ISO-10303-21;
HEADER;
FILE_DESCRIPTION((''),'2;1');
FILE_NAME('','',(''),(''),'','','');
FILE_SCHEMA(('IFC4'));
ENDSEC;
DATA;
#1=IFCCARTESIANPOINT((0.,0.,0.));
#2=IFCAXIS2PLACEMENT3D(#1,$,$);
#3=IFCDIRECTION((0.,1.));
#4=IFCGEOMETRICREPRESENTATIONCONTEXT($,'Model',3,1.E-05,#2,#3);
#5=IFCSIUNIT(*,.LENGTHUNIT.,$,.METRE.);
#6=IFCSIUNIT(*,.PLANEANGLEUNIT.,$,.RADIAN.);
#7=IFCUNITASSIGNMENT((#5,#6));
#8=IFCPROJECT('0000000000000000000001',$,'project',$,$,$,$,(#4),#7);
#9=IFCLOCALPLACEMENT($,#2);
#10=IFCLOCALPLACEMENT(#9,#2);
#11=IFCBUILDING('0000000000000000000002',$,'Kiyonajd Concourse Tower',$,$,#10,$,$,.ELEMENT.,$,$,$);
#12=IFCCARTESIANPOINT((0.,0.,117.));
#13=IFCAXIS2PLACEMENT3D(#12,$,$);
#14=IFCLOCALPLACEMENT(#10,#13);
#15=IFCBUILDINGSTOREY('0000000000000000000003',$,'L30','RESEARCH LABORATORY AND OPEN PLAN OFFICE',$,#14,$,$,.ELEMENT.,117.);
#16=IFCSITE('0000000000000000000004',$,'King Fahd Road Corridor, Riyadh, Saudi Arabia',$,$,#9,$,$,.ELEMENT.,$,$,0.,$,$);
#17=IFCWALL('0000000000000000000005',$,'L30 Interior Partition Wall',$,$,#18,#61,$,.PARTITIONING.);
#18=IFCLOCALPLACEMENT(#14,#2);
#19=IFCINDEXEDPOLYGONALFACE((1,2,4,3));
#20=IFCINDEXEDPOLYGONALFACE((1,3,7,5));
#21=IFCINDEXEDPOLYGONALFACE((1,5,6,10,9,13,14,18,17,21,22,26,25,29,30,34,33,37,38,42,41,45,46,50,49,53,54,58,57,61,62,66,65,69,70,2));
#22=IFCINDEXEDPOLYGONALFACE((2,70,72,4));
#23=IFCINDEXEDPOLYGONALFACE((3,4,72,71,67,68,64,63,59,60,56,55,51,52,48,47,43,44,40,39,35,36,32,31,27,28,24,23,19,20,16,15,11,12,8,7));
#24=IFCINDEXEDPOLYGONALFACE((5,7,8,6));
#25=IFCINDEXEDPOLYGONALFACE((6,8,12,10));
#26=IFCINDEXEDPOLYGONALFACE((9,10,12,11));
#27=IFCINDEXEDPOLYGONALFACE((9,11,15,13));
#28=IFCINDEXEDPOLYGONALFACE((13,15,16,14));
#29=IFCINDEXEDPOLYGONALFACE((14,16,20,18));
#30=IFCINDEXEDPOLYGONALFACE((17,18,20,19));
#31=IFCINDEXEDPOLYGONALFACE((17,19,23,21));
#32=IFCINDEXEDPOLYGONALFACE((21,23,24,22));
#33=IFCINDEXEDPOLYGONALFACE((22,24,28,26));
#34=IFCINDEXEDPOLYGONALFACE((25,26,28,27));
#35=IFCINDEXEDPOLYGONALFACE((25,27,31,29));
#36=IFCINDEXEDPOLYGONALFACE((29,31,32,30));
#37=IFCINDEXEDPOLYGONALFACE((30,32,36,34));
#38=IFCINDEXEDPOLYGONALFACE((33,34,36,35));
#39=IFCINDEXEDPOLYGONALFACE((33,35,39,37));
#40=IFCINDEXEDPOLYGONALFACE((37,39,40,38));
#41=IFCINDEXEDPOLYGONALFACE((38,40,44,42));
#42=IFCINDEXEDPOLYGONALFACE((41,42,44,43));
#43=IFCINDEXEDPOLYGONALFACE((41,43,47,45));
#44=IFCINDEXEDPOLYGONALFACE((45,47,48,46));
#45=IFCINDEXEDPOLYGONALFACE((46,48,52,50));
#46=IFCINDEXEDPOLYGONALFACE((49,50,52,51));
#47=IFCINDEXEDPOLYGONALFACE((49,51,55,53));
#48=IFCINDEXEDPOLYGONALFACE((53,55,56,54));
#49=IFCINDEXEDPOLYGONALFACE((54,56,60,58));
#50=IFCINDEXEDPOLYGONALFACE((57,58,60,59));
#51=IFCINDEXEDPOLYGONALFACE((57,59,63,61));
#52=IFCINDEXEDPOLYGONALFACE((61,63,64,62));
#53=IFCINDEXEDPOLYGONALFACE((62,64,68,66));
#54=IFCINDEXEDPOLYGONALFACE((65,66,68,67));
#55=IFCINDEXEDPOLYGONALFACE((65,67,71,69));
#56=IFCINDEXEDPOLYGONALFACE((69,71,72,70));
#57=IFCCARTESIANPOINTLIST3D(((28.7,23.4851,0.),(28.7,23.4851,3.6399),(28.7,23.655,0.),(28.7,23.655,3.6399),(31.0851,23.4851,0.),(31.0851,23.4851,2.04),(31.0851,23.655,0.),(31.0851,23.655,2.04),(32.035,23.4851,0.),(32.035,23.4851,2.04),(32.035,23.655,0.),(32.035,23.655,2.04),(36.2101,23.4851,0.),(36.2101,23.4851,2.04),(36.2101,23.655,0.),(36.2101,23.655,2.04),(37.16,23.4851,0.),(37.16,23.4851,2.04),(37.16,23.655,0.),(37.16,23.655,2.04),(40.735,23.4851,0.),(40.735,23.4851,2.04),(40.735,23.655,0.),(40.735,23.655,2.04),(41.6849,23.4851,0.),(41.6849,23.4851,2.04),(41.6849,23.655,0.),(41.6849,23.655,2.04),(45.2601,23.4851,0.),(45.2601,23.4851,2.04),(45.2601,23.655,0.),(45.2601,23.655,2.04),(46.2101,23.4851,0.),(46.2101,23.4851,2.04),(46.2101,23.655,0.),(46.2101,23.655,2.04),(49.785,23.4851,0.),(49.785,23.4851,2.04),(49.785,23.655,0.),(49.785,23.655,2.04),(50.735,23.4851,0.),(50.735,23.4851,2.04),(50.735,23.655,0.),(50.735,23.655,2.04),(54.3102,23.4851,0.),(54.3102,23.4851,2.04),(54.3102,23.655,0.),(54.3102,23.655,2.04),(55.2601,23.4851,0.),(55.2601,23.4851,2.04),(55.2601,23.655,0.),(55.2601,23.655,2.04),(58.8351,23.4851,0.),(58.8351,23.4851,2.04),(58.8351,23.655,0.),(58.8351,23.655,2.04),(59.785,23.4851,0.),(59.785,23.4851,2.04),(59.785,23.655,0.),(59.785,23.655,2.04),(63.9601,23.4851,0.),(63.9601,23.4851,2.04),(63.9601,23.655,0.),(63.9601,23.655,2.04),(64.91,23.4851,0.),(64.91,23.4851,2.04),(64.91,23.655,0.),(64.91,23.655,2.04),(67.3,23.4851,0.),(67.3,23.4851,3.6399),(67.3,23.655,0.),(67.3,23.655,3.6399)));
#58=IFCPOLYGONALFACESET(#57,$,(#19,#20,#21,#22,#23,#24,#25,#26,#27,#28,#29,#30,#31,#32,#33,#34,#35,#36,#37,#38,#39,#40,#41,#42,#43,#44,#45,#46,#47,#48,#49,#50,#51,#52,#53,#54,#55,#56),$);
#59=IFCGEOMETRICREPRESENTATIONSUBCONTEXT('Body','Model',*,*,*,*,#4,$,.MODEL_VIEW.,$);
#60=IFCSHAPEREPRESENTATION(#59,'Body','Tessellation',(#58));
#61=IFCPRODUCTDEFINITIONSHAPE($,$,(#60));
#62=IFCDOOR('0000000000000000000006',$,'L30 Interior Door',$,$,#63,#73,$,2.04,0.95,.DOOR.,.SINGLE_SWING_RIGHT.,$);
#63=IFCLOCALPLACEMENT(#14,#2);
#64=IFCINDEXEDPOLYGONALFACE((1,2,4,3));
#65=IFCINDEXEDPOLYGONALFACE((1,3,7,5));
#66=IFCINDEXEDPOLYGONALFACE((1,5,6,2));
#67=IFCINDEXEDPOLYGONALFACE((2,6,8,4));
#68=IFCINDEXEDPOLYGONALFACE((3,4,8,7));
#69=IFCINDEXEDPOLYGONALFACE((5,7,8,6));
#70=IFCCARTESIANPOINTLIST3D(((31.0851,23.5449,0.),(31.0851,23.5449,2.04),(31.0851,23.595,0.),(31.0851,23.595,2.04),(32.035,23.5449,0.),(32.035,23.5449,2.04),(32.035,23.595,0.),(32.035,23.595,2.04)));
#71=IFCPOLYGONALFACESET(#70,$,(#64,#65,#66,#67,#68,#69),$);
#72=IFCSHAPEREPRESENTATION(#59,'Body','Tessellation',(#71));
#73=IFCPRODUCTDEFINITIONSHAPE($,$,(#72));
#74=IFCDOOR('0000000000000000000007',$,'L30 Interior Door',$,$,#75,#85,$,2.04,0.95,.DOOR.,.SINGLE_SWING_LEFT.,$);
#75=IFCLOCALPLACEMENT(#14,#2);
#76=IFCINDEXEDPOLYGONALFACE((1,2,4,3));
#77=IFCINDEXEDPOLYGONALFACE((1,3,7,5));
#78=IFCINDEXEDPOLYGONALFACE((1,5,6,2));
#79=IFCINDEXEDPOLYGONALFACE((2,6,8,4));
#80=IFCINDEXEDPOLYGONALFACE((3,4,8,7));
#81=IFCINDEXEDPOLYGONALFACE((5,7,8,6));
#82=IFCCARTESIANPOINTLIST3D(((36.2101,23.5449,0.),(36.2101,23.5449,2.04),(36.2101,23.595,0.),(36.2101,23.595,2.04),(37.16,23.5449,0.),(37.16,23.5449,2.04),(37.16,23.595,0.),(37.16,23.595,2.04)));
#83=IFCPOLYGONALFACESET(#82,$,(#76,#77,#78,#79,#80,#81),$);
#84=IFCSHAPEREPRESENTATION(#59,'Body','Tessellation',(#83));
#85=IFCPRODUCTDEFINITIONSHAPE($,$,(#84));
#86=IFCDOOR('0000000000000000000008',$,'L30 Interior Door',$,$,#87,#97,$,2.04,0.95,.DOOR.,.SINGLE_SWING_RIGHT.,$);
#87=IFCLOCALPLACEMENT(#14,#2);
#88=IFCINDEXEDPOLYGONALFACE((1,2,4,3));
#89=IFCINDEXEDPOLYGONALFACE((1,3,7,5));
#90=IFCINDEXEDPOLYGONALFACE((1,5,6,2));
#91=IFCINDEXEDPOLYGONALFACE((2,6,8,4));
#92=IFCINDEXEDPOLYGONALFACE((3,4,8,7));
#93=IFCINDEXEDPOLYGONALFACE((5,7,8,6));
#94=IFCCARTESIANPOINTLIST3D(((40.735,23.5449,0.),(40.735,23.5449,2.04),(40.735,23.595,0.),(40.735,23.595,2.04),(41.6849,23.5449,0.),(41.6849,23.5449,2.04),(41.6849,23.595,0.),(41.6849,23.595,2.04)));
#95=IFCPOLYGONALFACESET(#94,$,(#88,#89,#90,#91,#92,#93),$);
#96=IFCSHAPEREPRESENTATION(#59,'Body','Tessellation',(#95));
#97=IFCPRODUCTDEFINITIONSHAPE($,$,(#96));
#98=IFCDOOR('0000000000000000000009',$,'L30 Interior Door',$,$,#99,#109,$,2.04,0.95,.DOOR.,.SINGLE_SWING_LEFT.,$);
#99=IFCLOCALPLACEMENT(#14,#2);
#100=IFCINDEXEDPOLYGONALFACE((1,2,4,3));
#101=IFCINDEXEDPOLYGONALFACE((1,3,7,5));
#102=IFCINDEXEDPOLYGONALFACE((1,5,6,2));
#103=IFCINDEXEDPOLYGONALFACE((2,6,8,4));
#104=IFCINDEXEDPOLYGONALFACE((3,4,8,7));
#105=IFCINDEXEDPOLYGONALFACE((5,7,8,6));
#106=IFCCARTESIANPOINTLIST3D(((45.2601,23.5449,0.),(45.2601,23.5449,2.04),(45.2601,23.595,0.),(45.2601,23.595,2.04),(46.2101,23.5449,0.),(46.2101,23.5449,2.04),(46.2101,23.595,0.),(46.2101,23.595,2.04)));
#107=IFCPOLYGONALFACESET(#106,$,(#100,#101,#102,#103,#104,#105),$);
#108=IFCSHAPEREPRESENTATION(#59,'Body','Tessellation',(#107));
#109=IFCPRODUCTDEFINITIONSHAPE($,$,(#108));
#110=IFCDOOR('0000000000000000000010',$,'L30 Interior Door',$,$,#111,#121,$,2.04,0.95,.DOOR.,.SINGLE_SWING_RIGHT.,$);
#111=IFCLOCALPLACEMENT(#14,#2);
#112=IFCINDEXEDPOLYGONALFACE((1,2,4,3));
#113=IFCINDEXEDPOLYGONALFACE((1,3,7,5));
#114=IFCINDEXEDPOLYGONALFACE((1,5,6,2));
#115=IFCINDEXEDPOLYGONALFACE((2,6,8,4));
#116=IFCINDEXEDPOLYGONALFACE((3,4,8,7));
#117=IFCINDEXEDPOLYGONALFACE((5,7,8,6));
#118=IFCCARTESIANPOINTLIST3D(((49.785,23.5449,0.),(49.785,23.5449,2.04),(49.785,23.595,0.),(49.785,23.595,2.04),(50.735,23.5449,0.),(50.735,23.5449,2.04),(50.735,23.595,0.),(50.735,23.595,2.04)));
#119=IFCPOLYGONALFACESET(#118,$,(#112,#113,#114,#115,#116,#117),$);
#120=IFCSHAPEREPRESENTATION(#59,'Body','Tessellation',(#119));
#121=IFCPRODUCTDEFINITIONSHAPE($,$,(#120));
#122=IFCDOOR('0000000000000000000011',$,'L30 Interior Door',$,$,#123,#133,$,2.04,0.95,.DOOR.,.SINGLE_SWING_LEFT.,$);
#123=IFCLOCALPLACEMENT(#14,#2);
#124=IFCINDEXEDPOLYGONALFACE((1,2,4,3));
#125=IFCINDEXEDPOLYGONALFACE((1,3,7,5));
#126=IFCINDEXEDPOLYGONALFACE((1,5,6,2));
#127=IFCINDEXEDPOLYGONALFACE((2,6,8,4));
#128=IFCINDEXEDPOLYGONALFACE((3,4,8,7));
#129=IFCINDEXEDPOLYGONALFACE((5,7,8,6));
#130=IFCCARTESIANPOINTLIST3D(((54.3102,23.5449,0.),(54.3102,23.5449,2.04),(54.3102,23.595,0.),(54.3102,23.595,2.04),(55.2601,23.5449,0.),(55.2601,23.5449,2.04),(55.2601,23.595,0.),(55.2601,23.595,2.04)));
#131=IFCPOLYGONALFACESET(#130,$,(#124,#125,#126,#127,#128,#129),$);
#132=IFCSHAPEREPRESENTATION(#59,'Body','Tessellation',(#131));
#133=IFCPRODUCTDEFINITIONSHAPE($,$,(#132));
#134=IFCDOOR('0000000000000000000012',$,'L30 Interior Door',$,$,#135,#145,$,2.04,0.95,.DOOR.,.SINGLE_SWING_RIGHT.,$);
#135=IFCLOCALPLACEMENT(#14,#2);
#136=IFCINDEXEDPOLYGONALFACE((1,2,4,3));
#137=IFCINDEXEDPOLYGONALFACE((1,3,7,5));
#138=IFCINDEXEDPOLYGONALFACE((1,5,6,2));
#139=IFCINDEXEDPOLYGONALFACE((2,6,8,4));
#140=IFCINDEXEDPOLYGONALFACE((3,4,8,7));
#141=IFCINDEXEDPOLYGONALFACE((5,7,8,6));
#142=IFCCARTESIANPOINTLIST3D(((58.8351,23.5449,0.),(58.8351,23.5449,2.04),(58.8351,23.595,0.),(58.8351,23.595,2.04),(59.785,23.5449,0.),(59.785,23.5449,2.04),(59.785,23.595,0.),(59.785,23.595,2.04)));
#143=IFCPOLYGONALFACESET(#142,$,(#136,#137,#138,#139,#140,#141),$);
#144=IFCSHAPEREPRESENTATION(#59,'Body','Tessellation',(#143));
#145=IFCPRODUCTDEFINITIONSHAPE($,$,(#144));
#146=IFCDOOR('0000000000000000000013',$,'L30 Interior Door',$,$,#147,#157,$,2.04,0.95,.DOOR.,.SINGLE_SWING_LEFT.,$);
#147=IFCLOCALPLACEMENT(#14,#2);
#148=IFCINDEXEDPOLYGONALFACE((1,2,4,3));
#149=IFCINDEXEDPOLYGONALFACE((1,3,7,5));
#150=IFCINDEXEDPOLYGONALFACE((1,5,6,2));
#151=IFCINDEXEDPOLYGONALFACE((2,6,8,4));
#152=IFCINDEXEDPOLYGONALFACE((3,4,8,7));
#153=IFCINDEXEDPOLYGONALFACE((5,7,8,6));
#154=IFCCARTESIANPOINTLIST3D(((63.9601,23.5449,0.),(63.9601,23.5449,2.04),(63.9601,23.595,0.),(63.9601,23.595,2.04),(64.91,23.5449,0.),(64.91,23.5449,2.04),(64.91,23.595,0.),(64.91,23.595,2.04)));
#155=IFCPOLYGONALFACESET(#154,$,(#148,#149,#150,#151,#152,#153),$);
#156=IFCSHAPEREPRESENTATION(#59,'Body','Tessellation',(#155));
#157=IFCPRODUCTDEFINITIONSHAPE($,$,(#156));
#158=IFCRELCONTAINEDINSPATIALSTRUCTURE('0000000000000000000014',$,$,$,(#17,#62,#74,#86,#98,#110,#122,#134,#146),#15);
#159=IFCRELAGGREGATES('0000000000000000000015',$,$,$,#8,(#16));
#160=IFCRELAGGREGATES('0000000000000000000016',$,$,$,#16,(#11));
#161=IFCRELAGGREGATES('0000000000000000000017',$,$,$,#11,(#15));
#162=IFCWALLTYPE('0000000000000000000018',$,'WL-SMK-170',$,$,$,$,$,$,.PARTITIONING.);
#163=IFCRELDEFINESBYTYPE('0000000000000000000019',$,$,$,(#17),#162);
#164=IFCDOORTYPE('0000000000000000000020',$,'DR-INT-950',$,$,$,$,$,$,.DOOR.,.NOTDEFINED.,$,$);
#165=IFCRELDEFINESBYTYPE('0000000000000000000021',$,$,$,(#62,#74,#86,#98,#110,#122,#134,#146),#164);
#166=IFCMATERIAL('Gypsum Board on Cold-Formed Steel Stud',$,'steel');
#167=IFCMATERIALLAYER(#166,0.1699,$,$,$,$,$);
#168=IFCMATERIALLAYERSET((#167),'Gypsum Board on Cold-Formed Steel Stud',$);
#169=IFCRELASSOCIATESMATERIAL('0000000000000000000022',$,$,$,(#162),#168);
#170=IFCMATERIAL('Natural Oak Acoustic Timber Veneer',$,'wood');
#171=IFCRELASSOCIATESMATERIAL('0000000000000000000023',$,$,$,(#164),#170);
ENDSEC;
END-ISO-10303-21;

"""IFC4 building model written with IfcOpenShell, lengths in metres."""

from ifc_helpers import new_model, si_unit, direction, frame, frame_2d, origin, place, context, subcontext, project, spatial, rectangle, extrude, material, layer, layer_set, type_object, element, fill, save


model = new_model("IFC4")

# Units and contexts
model_context = context("Model", 3, precision=1e-05, world=origin(), true_north=direction((0.0, 1.0)))
body_context = subcontext(model_context, "Body", "Model", "MODEL_VIEW")
ifc_project = project(units=[si_unit("LENGTHUNIT", "METRE"), si_unit("PLANEANGLEUNIT", "RADIAN")], contexts=[model_context])

# Site, building, storey
site_placement = place(None, origin())
site = spatial("IfcSite", under=ifc_project, at=site_placement, Name="King Fahd Road Corridor, Riyadh, Saudi Arabia", CompositionType="ELEMENT", RefElevation=0.0)
building_placement = place(site_placement, origin())
building = spatial("IfcBuilding", under=site, at=building_placement, Name="Kiyonajd Concourse Tower", CompositionType="ELEMENT")
storey_placement = place(building_placement, frame((0.0, 0.0, 117.0)))
storey = spatial("IfcBuildingStorey", under=building, at=storey_placement, Name="L30", Description="RESEARCH LABORATORY AND OPEN PLAN OFFICE", CompositionType="ELEMENT", Elevation=117.0)

# Wall, openings, doors
ifc_material_1 = material(Name="Gypsum Board on Cold-Formed Steel Stud", Category="steel")
ifc_layer_1 = layer(ifc_material_1, 0.1699)
ifc_layer_set_1 = layer_set([ifc_layer_1], Name="Gypsum Board on Cold-Formed Steel Stud")
wall_type_1 = type_object("IfcWallType", Name="WL-SMK-170", PredefinedType="PARTITIONING", material=ifc_layer_set_1)
wall_1_placement = place(storey_placement, frame((28.7, 23.5701, 0.0), z_axis=(0.0, 0.0, 1.0), x_axis=(1.0, 0.0, 0.0)))
wall_1 = element("IfcWall", 1, at=wall_1_placement, inside=storey, type_object=wall_type_1, Name="L30 Interior Partition Wall", PredefinedType="PARTITIONING", context=body_context, shape_type="SweptSolid", body=[
    extrude(rectangle(XDim=38.6001, YDim=0.1699, at=frame_2d((19.3, 0.0))), origin(), (0.0, 0.0, 1.0), 3.6399),
])
opening_1_placement = place(wall_1_placement, frame((2.385, 0.0, 0.0)))
opening_1 = element("IfcOpeningElement", 2, at=opening_1_placement, cuts=wall_1, PredefinedType="OPENING", context=body_context, shape_type="SweptSolid", body=[
    extrude(rectangle(XDim=0.95, YDim=2.04, at=frame_2d((0.4751, 1.02))), frame((0.0, 0.095, 0.0), z_axis=(0.0, -1.0, 0.0), x_axis=(1.0, 0.0, 0.0)), (0.0, 0.0, 1.0), 0.1899),
])
opening_2_placement = place(wall_1_placement, frame((7.51, 0.0, 0.0)))
opening_2 = element("IfcOpeningElement", 3, at=opening_2_placement, cuts=wall_1, PredefinedType="OPENING", context=body_context, shape_type="SweptSolid", body=[
    extrude(rectangle(XDim=0.95, YDim=2.04, at=frame_2d((0.4751, 1.02))), frame((0.0, 0.095, 0.0), z_axis=(0.0, -1.0, 0.0), x_axis=(1.0, 0.0, 0.0)), (0.0, 0.0, 1.0), 0.1899),
])
opening_3_placement = place(wall_1_placement, frame((12.0349, 0.0, 0.0)))
opening_3 = element("IfcOpeningElement", 4, at=opening_3_placement, cuts=wall_1, PredefinedType="OPENING", context=body_context, shape_type="SweptSolid", body=[
    extrude(rectangle(XDim=0.95, YDim=2.04, at=frame_2d((0.4751, 1.02))), frame((0.0, 0.095, 0.0), z_axis=(0.0, -1.0, 0.0), x_axis=(1.0, 0.0, 0.0)), (0.0, 0.0, 1.0), 0.1899),
])
opening_4_placement = place(wall_1_placement, frame((16.5601, 0.0, 0.0)))
opening_4 = element("IfcOpeningElement", 5, at=opening_4_placement, cuts=wall_1, PredefinedType="OPENING", context=body_context, shape_type="SweptSolid", body=[
    extrude(rectangle(XDim=0.95, YDim=2.04, at=frame_2d((0.4751, 1.02))), frame((0.0, 0.095, 0.0), z_axis=(0.0, -1.0, 0.0), x_axis=(1.0, 0.0, 0.0)), (0.0, 0.0, 1.0), 0.1899),
])
opening_5_placement = place(wall_1_placement, frame((21.085, 0.0, 0.0)))
opening_5 = element("IfcOpeningElement", 6, at=opening_5_placement, cuts=wall_1, PredefinedType="OPENING", context=body_context, shape_type="SweptSolid", body=[
    extrude(rectangle(XDim=0.95, YDim=2.04, at=frame_2d((0.4751, 1.02))), frame((0.0, 0.095, 0.0), z_axis=(0.0, -1.0, 0.0), x_axis=(1.0, 0.0, 0.0)), (0.0, 0.0, 1.0), 0.1899),
])
opening_6_placement = place(wall_1_placement, frame((25.6101, 0.0, 0.0)))
opening_6 = element("IfcOpeningElement", 7, at=opening_6_placement, cuts=wall_1, PredefinedType="OPENING", context=body_context, shape_type="SweptSolid", body=[
    extrude(rectangle(XDim=0.95, YDim=2.04, at=frame_2d((0.4751, 1.02))), frame((0.0, 0.095, 0.0), z_axis=(0.0, -1.0, 0.0), x_axis=(1.0, 0.0, 0.0)), (0.0, 0.0, 1.0), 0.1899),
])
opening_7_placement = place(wall_1_placement, frame((30.135, 0.0, 0.0)))
opening_7 = element("IfcOpeningElement", 8, at=opening_7_placement, cuts=wall_1, PredefinedType="OPENING", context=body_context, shape_type="SweptSolid", body=[
    extrude(rectangle(XDim=0.95, YDim=2.04, at=frame_2d((0.4751, 1.02))), frame((0.0, 0.095, 0.0), z_axis=(0.0, -1.0, 0.0), x_axis=(1.0, 0.0, 0.0)), (0.0, 0.0, 1.0), 0.1899),
])
opening_8_placement = place(wall_1_placement, frame((35.26, 0.0, 0.0)))
opening_8 = element("IfcOpeningElement", 9, at=opening_8_placement, cuts=wall_1, PredefinedType="OPENING", context=body_context, shape_type="SweptSolid", body=[
    extrude(rectangle(XDim=0.95, YDim=2.04, at=frame_2d((0.4751, 1.02))), frame((0.0, 0.095, 0.0), z_axis=(0.0, -1.0, 0.0), x_axis=(1.0, 0.0, 0.0)), (0.0, 0.0, 1.0), 0.1899),
])
ifc_material_2 = material(Name="Natural Oak Acoustic Timber Veneer", Category="wood")
door_type = type_object("IfcDoorType", Name="DR-INT-950", OperationType="NOTDEFINED", PredefinedType="DOOR", material=ifc_material_2)
door_1_placement = place(opening_1_placement, origin())
door_1 = element("IfcDoor", 10, at=door_1_placement, inside=storey, type_object=door_type, Name="L30 Interior Door", OperationType="SINGLE_SWING_RIGHT", OverallHeight=2.04, OverallWidth=0.95, PredefinedType="DOOR", context=body_context, shape_type="SweptSolid", body=[
    extrude(rectangle(XDim=0.95, YDim=2.04, at=frame_2d((0.4751, 1.02))), frame((0.0, 0.0249, 0.0), z_axis=(0.0, -1.0, 0.0), x_axis=(1.0, 0.0, 0.0)), (0.0, 0.0, 1.0), 0.05),
])
fill(opening_1, door_1)
door_2_placement = place(opening_2_placement, origin())
door_2 = element("IfcDoor", 11, at=door_2_placement, inside=storey, type_object=door_type, Name="L30 Interior Door", OperationType="SINGLE_SWING_LEFT", OverallHeight=2.04, OverallWidth=0.95, PredefinedType="DOOR", context=body_context, shape_type="SweptSolid", body=[
    extrude(rectangle(XDim=0.95, YDim=2.04, at=frame_2d((0.4751, 1.02))), frame((0.0, 0.0249, 0.0), z_axis=(0.0, -1.0, 0.0), x_axis=(1.0, 0.0, 0.0)), (0.0, 0.0, 1.0), 0.05),
])
fill(opening_2, door_2)
door_3_placement = place(opening_3_placement, origin())
door_3 = element("IfcDoor", 12, at=door_3_placement, inside=storey, type_object=door_type, Name="L30 Interior Door", OperationType="SINGLE_SWING_RIGHT", OverallHeight=2.04, OverallWidth=0.95, PredefinedType="DOOR", context=body_context, shape_type="SweptSolid", body=[
    extrude(rectangle(XDim=0.95, YDim=2.04, at=frame_2d((0.4751, 1.02))), frame((0.0, 0.0249, 0.0), z_axis=(0.0, -1.0, 0.0), x_axis=(1.0, 0.0, 0.0)), (0.0, 0.0, 1.0), 0.05),
])
fill(opening_3, door_3)
door_4_placement = place(opening_4_placement, origin())
door_4 = element("IfcDoor", 13, at=door_4_placement, inside=storey, type_object=door_type, Name="L30 Interior Door", OperationType="SINGLE_SWING_LEFT", OverallHeight=2.04, OverallWidth=0.95, PredefinedType="DOOR", context=body_context, shape_type="SweptSolid", body=[
    extrude(rectangle(XDim=0.95, YDim=2.04, at=frame_2d((0.4751, 1.02))), frame((0.0, 0.0249, 0.0), z_axis=(0.0, -1.0, 0.0), x_axis=(1.0, 0.0, 0.0)), (0.0, 0.0, 1.0), 0.05),
])
fill(opening_4, door_4)
door_5_placement = place(opening_5_placement, origin())
door_5 = element("IfcDoor", 14, at=door_5_placement, inside=storey, type_object=door_type, Name="L30 Interior Door", OperationType="SINGLE_SWING_RIGHT", OverallHeight=2.04, OverallWidth=0.95, PredefinedType="DOOR", context=body_context, shape_type="SweptSolid", body=[
    extrude(rectangle(XDim=0.95, YDim=2.04, at=frame_2d((0.4751, 1.02))), frame((0.0, 0.0249, 0.0), z_axis=(0.0, -1.0, 0.0), x_axis=(1.0, 0.0, 0.0)), (0.0, 0.0, 1.0), 0.05),
])
fill(opening_5, door_5)
door_6_placement = place(opening_6_placement, origin())
door_6 = element("IfcDoor", 15, at=door_6_placement, inside=storey, type_object=door_type, Name="L30 Interior Door", OperationType="SINGLE_SWING_LEFT", OverallHeight=2.04, OverallWidth=0.95, PredefinedType="DOOR", context=body_context, shape_type="SweptSolid", body=[
    extrude(rectangle(XDim=0.95, YDim=2.04, at=frame_2d((0.4751, 1.02))), frame((0.0, 0.0249, 0.0), z_axis=(0.0, -1.0, 0.0), x_axis=(1.0, 0.0, 0.0)), (0.0, 0.0, 1.0), 0.05),
])
fill(opening_6, door_6)
door_7_placement = place(opening_7_placement, origin())
door_7 = element("IfcDoor", 16, at=door_7_placement, inside=storey, type_object=door_type, Name="L30 Interior Door", OperationType="SINGLE_SWING_RIGHT", OverallHeight=2.04, OverallWidth=0.95, PredefinedType="DOOR", context=body_context, shape_type="SweptSolid", body=[
    extrude(rectangle(XDim=0.95, YDim=2.04, at=frame_2d((0.4751, 1.02))), frame((0.0, 0.0249, 0.0), z_axis=(0.0, -1.0, 0.0), x_axis=(1.0, 0.0, 0.0)), (0.0, 0.0, 1.0), 0.05),
])
fill(opening_7, door_7)
door_8_placement = place(opening_8_placement, origin())
door_8 = element("IfcDoor", 17, at=door_8_placement, inside=storey, type_object=door_type, Name="L30 Interior Door", OperationType="SINGLE_SWING_LEFT", OverallHeight=2.04, OverallWidth=0.95, PredefinedType="DOOR", context=body_context, shape_type="SweptSolid", body=[
    extrude(rectangle(XDim=0.95, YDim=2.04, at=frame_2d((0.4751, 1.02))), frame((0.0, 0.0249, 0.0), z_axis=(0.0, -1.0, 0.0), x_axis=(1.0, 0.0, 0.0)), (0.0, 0.0, 1.0), 0.05),
])
fill(opening_8, door_8)

save(model, "model.ifc")
